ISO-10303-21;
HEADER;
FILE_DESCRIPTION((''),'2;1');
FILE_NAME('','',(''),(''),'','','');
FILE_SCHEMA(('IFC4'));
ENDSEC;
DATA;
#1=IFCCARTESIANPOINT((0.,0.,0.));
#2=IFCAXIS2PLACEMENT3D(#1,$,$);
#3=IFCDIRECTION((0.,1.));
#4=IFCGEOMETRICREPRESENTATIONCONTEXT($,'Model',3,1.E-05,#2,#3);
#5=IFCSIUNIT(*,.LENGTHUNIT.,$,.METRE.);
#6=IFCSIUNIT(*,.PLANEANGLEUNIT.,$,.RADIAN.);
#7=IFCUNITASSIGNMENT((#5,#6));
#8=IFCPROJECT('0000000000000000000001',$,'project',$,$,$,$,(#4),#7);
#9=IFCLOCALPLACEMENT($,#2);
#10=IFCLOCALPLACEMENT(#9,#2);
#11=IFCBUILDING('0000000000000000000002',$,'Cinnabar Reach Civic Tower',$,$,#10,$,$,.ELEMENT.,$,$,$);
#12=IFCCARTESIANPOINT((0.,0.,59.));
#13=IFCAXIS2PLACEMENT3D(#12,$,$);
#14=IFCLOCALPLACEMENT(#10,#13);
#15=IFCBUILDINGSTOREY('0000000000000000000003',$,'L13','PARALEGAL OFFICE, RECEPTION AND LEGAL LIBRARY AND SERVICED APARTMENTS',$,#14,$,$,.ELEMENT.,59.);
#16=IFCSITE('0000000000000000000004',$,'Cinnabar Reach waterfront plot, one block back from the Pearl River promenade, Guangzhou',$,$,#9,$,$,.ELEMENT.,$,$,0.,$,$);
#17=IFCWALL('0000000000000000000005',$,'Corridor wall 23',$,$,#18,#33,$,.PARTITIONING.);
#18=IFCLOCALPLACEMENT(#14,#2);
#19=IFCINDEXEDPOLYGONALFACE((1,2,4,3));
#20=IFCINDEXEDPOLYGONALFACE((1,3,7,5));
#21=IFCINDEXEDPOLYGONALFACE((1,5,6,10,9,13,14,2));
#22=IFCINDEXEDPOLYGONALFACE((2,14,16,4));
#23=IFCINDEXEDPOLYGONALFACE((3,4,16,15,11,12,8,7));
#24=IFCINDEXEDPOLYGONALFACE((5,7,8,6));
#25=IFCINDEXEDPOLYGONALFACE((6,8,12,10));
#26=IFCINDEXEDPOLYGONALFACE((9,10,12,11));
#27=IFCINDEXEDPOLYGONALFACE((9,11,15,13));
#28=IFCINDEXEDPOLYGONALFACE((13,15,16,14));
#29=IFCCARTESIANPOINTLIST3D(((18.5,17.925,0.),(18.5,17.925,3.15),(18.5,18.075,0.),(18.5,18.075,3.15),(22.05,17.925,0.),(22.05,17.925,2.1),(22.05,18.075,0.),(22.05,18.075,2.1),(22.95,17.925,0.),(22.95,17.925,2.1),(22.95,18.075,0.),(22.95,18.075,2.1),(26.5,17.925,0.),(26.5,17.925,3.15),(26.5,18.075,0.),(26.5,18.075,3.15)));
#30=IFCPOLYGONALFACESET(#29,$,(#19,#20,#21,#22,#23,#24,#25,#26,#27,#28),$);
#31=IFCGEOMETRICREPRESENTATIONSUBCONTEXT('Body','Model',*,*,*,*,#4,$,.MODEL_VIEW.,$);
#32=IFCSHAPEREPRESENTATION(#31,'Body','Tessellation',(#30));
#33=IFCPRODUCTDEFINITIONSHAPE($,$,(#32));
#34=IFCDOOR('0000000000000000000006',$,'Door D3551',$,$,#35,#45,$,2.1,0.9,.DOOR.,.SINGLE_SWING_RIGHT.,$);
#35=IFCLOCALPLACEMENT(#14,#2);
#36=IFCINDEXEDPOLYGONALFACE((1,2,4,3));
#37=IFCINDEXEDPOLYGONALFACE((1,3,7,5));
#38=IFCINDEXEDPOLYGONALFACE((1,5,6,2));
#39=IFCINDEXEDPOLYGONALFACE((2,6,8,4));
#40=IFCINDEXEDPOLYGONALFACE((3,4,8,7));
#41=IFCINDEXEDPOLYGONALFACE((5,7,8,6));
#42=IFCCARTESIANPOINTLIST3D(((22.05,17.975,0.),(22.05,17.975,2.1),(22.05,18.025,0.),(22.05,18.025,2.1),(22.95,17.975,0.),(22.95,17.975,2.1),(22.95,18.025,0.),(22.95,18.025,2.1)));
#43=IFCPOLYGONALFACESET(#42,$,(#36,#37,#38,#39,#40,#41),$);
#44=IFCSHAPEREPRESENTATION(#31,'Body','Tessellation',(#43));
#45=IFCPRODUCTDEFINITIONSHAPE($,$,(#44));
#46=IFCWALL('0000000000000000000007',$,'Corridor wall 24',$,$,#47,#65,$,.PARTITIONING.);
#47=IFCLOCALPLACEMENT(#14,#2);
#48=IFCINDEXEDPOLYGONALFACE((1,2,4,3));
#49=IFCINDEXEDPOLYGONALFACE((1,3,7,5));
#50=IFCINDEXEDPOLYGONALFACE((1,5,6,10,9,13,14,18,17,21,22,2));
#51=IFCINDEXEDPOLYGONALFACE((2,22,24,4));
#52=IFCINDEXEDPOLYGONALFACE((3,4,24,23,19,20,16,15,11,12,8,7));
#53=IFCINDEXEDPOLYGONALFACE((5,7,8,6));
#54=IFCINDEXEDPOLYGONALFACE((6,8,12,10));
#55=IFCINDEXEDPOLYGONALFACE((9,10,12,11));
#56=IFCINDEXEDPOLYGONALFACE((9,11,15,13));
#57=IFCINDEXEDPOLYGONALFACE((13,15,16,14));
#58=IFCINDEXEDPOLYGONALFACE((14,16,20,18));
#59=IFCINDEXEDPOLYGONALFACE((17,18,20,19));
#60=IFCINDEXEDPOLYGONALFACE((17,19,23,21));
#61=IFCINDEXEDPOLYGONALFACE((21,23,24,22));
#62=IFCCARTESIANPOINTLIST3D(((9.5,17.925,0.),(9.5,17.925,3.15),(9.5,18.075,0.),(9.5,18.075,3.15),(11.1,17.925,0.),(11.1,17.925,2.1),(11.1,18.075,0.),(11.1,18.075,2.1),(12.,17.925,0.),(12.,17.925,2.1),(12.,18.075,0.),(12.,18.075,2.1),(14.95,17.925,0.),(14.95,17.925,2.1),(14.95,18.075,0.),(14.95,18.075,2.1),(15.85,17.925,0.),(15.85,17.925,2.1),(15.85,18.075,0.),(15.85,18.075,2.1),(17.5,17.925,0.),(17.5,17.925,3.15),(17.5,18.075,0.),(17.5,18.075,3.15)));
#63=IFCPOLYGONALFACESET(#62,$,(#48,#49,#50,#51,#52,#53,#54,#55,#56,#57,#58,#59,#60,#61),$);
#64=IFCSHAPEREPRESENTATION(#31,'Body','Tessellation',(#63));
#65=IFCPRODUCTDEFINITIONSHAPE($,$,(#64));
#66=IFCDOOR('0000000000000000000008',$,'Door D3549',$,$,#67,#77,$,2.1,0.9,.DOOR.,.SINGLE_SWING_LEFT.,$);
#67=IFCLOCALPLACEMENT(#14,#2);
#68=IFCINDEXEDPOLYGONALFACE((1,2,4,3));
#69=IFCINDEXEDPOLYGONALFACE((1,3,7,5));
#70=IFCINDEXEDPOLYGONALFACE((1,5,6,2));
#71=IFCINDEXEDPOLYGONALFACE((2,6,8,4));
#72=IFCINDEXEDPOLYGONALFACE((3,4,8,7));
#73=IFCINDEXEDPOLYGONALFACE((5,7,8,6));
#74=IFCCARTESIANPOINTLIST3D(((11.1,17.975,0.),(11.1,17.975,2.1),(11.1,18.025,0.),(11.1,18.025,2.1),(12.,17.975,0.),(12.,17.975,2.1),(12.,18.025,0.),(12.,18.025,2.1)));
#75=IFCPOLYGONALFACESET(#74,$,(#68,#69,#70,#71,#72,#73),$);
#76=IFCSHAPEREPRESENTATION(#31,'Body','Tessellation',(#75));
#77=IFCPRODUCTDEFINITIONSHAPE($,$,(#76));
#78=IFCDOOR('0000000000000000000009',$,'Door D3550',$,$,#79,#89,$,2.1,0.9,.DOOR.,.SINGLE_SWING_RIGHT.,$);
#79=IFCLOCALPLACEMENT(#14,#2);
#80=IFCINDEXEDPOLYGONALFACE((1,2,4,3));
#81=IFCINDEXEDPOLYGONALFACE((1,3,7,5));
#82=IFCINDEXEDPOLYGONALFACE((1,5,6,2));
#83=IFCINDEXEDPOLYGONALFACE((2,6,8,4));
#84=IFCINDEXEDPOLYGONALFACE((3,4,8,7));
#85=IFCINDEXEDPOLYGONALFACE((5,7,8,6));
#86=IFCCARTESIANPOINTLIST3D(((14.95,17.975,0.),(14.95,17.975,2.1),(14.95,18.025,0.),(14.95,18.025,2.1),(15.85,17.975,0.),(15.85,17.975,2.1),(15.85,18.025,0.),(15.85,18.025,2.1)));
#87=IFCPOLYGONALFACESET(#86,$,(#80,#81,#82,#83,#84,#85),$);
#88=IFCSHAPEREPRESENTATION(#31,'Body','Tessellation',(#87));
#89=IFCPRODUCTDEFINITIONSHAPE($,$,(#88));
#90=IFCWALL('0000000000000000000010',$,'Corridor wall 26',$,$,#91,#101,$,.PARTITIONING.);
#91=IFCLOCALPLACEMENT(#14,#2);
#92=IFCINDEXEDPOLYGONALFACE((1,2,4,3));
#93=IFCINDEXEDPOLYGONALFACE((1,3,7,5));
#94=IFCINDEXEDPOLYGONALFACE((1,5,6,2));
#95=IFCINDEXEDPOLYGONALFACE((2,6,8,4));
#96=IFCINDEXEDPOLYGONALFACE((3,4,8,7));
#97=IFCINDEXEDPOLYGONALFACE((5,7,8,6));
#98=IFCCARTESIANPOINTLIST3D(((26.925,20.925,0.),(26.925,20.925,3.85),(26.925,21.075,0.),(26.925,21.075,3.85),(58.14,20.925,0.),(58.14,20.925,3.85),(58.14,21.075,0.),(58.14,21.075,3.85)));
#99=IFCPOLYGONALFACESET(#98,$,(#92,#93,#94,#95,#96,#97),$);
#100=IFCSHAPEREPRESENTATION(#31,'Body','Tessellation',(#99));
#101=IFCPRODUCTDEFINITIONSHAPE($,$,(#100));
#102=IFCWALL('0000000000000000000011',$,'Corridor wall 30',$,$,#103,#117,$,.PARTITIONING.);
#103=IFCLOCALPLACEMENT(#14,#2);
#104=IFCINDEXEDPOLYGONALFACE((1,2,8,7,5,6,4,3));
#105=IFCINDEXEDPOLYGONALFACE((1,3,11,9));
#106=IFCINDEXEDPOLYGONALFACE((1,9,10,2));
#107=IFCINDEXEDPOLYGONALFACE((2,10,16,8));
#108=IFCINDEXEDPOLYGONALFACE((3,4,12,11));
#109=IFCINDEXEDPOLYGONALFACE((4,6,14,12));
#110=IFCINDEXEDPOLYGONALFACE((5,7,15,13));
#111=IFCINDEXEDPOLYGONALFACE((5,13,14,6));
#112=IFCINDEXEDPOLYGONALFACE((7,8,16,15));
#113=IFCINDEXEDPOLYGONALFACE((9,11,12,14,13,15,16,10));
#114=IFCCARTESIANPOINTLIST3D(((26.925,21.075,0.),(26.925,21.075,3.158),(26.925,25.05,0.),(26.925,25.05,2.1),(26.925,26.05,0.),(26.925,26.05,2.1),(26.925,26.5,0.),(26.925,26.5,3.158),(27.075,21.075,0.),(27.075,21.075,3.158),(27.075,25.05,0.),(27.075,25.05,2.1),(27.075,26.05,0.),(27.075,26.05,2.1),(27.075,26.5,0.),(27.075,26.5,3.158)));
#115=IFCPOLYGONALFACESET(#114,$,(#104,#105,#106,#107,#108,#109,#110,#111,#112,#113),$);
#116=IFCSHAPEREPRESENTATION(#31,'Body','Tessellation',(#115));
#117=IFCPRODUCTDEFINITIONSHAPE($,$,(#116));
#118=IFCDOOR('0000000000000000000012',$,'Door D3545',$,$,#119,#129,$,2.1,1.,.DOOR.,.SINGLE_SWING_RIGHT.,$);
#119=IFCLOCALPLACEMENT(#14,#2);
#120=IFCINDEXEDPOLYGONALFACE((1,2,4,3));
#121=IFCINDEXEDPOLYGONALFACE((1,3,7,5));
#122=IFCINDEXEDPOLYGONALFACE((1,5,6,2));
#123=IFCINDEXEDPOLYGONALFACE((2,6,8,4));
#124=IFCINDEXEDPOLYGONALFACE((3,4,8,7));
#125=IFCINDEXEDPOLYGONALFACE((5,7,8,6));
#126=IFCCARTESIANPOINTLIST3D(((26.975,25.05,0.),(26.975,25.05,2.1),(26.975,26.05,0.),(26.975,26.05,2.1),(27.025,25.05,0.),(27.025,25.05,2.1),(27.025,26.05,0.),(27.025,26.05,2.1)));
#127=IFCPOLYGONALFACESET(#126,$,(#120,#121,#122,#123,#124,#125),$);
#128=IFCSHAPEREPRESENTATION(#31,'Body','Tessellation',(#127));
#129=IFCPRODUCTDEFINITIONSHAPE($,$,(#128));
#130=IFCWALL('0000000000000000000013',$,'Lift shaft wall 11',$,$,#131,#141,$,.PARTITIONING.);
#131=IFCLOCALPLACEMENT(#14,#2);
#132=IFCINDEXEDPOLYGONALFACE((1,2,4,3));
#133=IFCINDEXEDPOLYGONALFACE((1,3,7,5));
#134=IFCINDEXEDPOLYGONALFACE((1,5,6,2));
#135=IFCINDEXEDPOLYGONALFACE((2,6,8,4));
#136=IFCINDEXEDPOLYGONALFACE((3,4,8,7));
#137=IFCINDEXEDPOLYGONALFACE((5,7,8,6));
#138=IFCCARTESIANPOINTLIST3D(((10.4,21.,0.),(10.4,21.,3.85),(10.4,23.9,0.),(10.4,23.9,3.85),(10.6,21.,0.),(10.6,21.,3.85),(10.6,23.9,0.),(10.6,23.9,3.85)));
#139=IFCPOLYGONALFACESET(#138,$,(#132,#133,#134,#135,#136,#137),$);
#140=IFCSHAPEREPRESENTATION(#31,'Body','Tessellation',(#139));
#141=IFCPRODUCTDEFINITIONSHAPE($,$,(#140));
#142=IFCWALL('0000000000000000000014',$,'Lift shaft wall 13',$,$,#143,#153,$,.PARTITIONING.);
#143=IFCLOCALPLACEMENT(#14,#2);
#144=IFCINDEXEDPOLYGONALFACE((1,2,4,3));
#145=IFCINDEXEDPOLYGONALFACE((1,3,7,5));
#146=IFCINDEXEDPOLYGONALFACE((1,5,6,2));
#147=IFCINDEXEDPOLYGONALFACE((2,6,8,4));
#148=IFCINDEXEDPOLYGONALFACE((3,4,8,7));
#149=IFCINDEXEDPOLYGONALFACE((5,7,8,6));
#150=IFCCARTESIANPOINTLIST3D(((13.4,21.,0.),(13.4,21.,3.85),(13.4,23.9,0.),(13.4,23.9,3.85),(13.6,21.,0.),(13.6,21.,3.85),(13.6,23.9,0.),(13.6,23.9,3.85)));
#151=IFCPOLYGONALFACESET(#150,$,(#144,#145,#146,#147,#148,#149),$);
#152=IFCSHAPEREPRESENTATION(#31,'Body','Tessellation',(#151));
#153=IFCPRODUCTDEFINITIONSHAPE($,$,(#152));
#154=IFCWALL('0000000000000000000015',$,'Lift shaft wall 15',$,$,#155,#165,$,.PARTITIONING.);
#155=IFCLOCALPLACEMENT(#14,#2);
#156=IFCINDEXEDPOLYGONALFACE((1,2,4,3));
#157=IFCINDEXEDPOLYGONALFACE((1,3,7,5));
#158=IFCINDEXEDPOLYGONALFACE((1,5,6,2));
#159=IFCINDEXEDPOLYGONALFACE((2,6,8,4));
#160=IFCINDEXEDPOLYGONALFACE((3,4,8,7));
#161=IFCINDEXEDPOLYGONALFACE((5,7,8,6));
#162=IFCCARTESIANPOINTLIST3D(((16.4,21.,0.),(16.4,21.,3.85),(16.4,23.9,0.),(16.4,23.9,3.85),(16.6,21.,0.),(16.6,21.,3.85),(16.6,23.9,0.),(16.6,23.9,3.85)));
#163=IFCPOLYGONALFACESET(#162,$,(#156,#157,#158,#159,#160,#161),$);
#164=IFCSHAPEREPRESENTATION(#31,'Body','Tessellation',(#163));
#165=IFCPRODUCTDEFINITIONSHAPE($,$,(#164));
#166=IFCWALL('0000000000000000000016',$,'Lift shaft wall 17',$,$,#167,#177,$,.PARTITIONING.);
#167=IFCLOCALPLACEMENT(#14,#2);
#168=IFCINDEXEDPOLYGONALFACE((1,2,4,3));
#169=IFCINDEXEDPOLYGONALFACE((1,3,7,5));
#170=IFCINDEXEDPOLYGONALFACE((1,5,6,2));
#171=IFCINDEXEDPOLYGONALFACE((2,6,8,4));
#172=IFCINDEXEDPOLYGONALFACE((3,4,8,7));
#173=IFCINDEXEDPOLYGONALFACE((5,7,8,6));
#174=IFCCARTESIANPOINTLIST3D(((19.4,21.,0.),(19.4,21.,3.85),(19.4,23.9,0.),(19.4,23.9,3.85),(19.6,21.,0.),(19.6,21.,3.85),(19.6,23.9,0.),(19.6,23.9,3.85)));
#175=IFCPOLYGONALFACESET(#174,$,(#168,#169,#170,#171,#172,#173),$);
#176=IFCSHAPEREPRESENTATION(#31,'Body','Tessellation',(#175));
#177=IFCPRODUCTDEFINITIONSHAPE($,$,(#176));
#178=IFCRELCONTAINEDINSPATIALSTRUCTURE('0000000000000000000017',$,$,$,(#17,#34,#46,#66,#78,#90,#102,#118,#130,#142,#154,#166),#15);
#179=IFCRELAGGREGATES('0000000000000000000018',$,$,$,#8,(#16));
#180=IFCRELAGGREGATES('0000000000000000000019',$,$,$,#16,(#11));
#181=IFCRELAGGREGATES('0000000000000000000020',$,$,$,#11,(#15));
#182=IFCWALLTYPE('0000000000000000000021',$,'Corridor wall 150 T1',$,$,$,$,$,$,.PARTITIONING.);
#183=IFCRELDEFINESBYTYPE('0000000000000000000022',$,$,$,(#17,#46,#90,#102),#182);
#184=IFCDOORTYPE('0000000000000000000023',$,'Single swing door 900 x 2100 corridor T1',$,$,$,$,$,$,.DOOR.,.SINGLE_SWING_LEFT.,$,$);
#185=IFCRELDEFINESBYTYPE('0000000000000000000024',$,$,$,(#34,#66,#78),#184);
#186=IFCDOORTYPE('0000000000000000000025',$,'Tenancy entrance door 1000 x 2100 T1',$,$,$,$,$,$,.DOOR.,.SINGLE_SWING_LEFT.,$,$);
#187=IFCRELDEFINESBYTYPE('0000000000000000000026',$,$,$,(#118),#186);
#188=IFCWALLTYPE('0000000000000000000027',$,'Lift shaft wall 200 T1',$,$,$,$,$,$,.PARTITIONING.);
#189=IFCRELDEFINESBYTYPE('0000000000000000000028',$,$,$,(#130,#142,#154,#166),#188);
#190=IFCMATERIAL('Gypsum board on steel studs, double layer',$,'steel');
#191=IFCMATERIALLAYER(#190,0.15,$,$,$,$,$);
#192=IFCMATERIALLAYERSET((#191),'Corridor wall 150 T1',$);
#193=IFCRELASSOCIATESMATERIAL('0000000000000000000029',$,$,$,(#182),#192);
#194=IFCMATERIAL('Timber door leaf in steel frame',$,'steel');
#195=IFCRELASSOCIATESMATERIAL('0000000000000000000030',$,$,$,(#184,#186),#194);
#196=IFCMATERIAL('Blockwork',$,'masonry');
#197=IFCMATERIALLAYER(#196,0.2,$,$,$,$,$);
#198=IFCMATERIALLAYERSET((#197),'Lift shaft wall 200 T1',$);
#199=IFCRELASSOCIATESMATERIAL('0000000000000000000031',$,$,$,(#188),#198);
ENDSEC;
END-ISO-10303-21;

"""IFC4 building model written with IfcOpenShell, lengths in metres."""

from ifc_helpers import new_model, si_unit, direction, frame, frame_2d, origin, place, context, subcontext, project, spatial, rectangle, extrude, material, layer, layer_set, type_object, element, fill, save


model = new_model("IFC4")

# Units and contexts
model_context = context("Model", 3, precision=1e-05, world=origin(), true_north=direction((0.0, 1.0)))
body_context = subcontext(model_context, "Body", "Model", "MODEL_VIEW")
ifc_project = project(units=[si_unit("LENGTHUNIT", "METRE"), si_unit("PLANEANGLEUNIT", "RADIAN")], contexts=[model_context])

# Site, building, storey
site_placement = place(None, origin())
site = spatial("IfcSite", under=ifc_project, at=site_placement, Name="Cinnabar Reach waterfront plot, one block back from the Pearl River promenade, Guangzhou", CompositionType="ELEMENT", RefElevation=0.0)
building_placement = place(site_placement, origin())
building = spatial("IfcBuilding", under=site, at=building_placement, Name="Cinnabar Reach Civic Tower", CompositionType="ELEMENT")
storey_placement = place(building_placement, frame((0.0, 0.0, 59.0)))
storey = spatial("IfcBuildingStorey", under=building, at=storey_placement, Name="L13", Description="PARALEGAL OFFICE, RECEPTION AND LEGAL LIBRARY AND SERVICED APARTMENTS", CompositionType="ELEMENT", Elevation=59.0)

# Wall, opening, door
ifc_material_1 = material(Name="Timber door leaf in steel frame", Category="steel")
ifc_material_2 = material(Name="Gypsum board on steel studs, double layer", Category="steel")
ifc_layer_1 = layer(ifc_material_2, 0.15)
ifc_layer_set_1 = layer_set([ifc_layer_1], Name="Corridor wall 150 T1")
wall_type_1 = type_object("IfcWallType", Name="Corridor wall 150 T1", PredefinedType="PARTITIONING", material=ifc_layer_set_1)
wall_1_placement = place(storey_placement, frame((18.5, 18.0, 0.0), z_axis=(0.0, 0.0, 1.0), x_axis=(1.0, 0.0, 0.0)))
wall_1 = element("IfcWall", 1, at=wall_1_placement, inside=storey, type_object=wall_type_1, Name="Corridor wall 23", PredefinedType="PARTITIONING", context=body_context, shape_type="SweptSolid", body=[
    extrude(rectangle(XDim=8.0, YDim=0.15, at=frame_2d((4.0, 0.0))), origin(), (0.0, 0.0, 1.0), 3.15),
])
opening_1_placement = place(wall_1_placement, frame((3.55, 0.0, 0.0)))
opening_1 = element("IfcOpeningElement", 2, at=opening_1_placement, cuts=wall_1, PredefinedType="OPENING", context=body_context, shape_type="SweptSolid", body=[
    extrude(rectangle(XDim=0.9, YDim=2.1, at=frame_2d((0.45, 1.05))), frame((0.0, 0.085, 0.0), z_axis=(0.0, -1.0, 0.0), x_axis=(1.0, 0.0, 0.0)), (0.0, 0.0, 1.0), 0.17),
])
door_type_1 = type_object("IfcDoorType", Name="Single swing door 900 x 2100 corridor T1", OperationType="SINGLE_SWING_LEFT", PredefinedType="DOOR", material=ifc_material_1)
door_1_placement = place(opening_1_placement, frame((0.9, 0.0, 0.0), z_axis=(0.0, 0.0, 1.0), x_axis=(-1.0, 0.0, 0.0)))
door_1 = element("IfcDoor", 3, at=door_1_placement, inside=storey, type_object=door_type_1, Name="Door D3551", OperationType="SINGLE_SWING_RIGHT", OverallHeight=2.1, OverallWidth=0.9, PredefinedType="DOOR", context=body_context, shape_type="SweptSolid", body=[
    extrude(rectangle(XDim=0.9, YDim=2.1, at=frame_2d((0.45, 1.05))), frame((0.0, 0.025, 0.0), z_axis=(0.0, -1.0, 0.0), x_axis=(1.0, 0.0, 0.0)), (0.0, 0.0, 1.0), 0.05),
])
fill(opening_1, door_1)

# Wall, openings, doors
wall_2_placement = place(storey_placement, frame((9.5, 18.0, 0.0), z_axis=(0.0, 0.0, 1.0), x_axis=(1.0, 0.0, 0.0)))
wall_2 = element("IfcWall", 4, at=wall_2_placement, inside=storey, type_object=wall_type_1, Name="Corridor wall 24", PredefinedType="PARTITIONING", context=body_context, shape_type="SweptSolid", body=[
    extrude(rectangle(XDim=8.0, YDim=0.15, at=frame_2d((4.0, 0.0))), origin(), (0.0, 0.0, 1.0), 3.15),
])
opening_2_placement = place(wall_2_placement, frame((1.6, 0.0, 0.0)))
opening_2 = element("IfcOpeningElement", 5, at=opening_2_placement, cuts=wall_2, PredefinedType="OPENING", context=body_context, shape_type="SweptSolid", body=[
    extrude(rectangle(XDim=0.9, YDim=2.1, at=frame_2d((0.45, 1.05))), frame((0.0, 0.085, 0.0), z_axis=(0.0, -1.0, 0.0), x_axis=(1.0, 0.0, 0.0)), (0.0, 0.0, 1.0), 0.17),
])
opening_3_placement = place(wall_2_placement, frame((5.45, 0.0, 0.0)))
opening_3 = element("IfcOpeningElement", 6, at=opening_3_placement, cuts=wall_2, PredefinedType="OPENING", context=body_context, shape_type="SweptSolid", body=[
    extrude(rectangle(XDim=0.9, YDim=2.1, at=frame_2d((0.45, 1.05))), frame((0.0, 0.085, 0.0), z_axis=(0.0, -1.0, 0.0), x_axis=(1.0, 0.0, 0.0)), (0.0, 0.0, 1.0), 0.17),
])
door_2_placement = place(opening_2_placement, frame((0.9, 0.0, 0.0), z_axis=(0.0, 0.0, 1.0), x_axis=(-1.0, 0.0, 0.0)))
door_2 = element("IfcDoor", 7, at=door_2_placement, inside=storey, type_object=door_type_1, Name="Door D3549", OperationType="SINGLE_SWING_LEFT", OverallHeight=2.1, OverallWidth=0.9, PredefinedType="DOOR", context=body_context, shape_type="SweptSolid", body=[
    extrude(rectangle(XDim=0.9, YDim=2.1, at=frame_2d((0.45, 1.05))), frame((0.0, 0.025, 0.0), z_axis=(0.0, -1.0, 0.0), x_axis=(1.0, 0.0, 0.0)), (0.0, 0.0, 1.0), 0.05),
])
fill(opening_2, door_2)
door_3_placement = place(opening_3_placement, frame((0.9, 0.0, 0.0), z_axis=(0.0, 0.0, 1.0), x_axis=(-1.0, 0.0, 0.0)))
door_3 = element("IfcDoor", 8, at=door_3_placement, inside=storey, type_object=door_type_1, Name="Door D3550", OperationType="SINGLE_SWING_RIGHT", OverallHeight=2.1, OverallWidth=0.9, PredefinedType="DOOR", context=body_context, shape_type="SweptSolid", body=[
    extrude(rectangle(XDim=0.9, YDim=2.1, at=frame_2d((0.45, 1.05))), frame((0.0, 0.025, 0.0), z_axis=(0.0, -1.0, 0.0), x_axis=(1.0, 0.0, 0.0)), (0.0, 0.0, 1.0), 0.05),
])
fill(opening_3, door_3)

# Wall
wall_3_placement = place(storey_placement, frame((26.925, 21.0, 0.0), z_axis=(0.0, 0.0, 1.0), x_axis=(1.0, 0.0, 0.0)))
element("IfcWall", 9, at=wall_3_placement, inside=storey, type_object=wall_type_1, Name="Corridor wall 26", PredefinedType="PARTITIONING", context=body_context, shape_type="SweptSolid", body=[
    extrude(rectangle(XDim=31.215, YDim=0.15, at=frame_2d((15.6075, 0.0))), origin(), (0.0, 0.0, 1.0), 3.85),
])

# Wall, opening, door
wall_4_placement = place(storey_placement, frame((27.0, 21.075, 0.0), z_axis=(0.0, 0.0, 1.0), x_axis=(0.0, 1.0, 0.0)))
wall_4 = element("IfcWall", 10, at=wall_4_placement, inside=storey, type_object=wall_type_1, Name="Corridor wall 30", PredefinedType="PARTITIONING", context=body_context, shape_type="SweptSolid", body=[
    extrude(rectangle(XDim=5.425, YDim=0.15, at=frame_2d((2.7125, 0.0))), origin(), (0.0, 0.0, 1.0), 3.158),
])
opening_4_placement = place(wall_4_placement, frame((3.975, 0.0, 0.0)))
opening_4 = element("IfcOpeningElement", 11, at=opening_4_placement, cuts=wall_4, PredefinedType="OPENING", context=body_context, shape_type="SweptSolid", body=[
    extrude(rectangle(XDim=1.0, YDim=2.1, at=frame_2d((0.5, 1.05))), frame((0.0, 0.085, 0.0), z_axis=(0.0, -1.0, 0.0), x_axis=(1.0, 0.0, 0.0)), (0.0, 0.0, 1.0), 0.17),
])
door_type_2 = type_object("IfcDoorType", Name="Tenancy entrance door 1000 x 2100 T1", OperationType="SINGLE_SWING_LEFT", PredefinedType="DOOR", material=ifc_material_1)
door_4_placement = place(opening_4_placement, frame((1.0, 0.0, 0.0), z_axis=(0.0, 0.0, 1.0), x_axis=(-1.0, 0.0, 0.0)))
door_4 = element("IfcDoor", 12, at=door_4_placement, inside=storey, type_object=door_type_2, Name="Door D3545", OperationType="SINGLE_SWING_RIGHT", OverallHeight=2.1, OverallWidth=1.0, PredefinedType="DOOR", context=body_context, shape_type="SweptSolid", body=[
    extrude(rectangle(XDim=1.0, YDim=2.1, at=frame_2d((0.5, 1.05))), frame((0.0, 0.025, 0.0), z_axis=(0.0, -1.0, 0.0), x_axis=(1.0, 0.0, 0.0)), (0.0, 0.0, 1.0), 0.05),
])
fill(opening_4, door_4)

# Walls
ifc_material_3 = material(Name="Blockwork", Category="masonry")
ifc_layer_2 = layer(ifc_material_3, 0.2)
ifc_layer_set_2 = layer_set([ifc_layer_2], Name="Lift shaft wall 200 T1")
wall_type_2 = type_object("IfcWallType", Name="Lift shaft wall 200 T1", PredefinedType="PARTITIONING", material=ifc_layer_set_2)
for number, where, z_axis, x_axis, name in (
    (13, (10.5, 21.0, 0.0), (0.0, 0.0, 1.0), (0.0, 1.0, 0.0), "Lift shaft wall 11"),
    (14, (13.5, 21.0, 0.0), (0.0, 0.0, 1.0), (0.0, 1.0, 0.0), "Lift shaft wall 13"),
    (15, (16.5, 21.0, 0.0), (0.0, 0.0, 1.0), (0.0, 1.0, 0.0), "Lift shaft wall 15"),
    (16, (19.5, 21.0, 0.0), (0.0, 0.0, 1.0), (0.0, 1.0, 0.0), "Lift shaft wall 17"),
):
    element("IfcWall", number, at=place(storey_placement, frame(where, z_axis=z_axis, x_axis=x_axis)), inside=storey, type_object=wall_type_2, Name=name, PredefinedType="PARTITIONING", context=body_context, shape_type="SweptSolid", body=[
        extrude(rectangle(XDim=2.9, YDim=0.2, at=frame_2d((1.45, 0.0))), origin(), (0.0, 0.0, 1.0), 3.85),
    ])

save(model, "model.ifc")
